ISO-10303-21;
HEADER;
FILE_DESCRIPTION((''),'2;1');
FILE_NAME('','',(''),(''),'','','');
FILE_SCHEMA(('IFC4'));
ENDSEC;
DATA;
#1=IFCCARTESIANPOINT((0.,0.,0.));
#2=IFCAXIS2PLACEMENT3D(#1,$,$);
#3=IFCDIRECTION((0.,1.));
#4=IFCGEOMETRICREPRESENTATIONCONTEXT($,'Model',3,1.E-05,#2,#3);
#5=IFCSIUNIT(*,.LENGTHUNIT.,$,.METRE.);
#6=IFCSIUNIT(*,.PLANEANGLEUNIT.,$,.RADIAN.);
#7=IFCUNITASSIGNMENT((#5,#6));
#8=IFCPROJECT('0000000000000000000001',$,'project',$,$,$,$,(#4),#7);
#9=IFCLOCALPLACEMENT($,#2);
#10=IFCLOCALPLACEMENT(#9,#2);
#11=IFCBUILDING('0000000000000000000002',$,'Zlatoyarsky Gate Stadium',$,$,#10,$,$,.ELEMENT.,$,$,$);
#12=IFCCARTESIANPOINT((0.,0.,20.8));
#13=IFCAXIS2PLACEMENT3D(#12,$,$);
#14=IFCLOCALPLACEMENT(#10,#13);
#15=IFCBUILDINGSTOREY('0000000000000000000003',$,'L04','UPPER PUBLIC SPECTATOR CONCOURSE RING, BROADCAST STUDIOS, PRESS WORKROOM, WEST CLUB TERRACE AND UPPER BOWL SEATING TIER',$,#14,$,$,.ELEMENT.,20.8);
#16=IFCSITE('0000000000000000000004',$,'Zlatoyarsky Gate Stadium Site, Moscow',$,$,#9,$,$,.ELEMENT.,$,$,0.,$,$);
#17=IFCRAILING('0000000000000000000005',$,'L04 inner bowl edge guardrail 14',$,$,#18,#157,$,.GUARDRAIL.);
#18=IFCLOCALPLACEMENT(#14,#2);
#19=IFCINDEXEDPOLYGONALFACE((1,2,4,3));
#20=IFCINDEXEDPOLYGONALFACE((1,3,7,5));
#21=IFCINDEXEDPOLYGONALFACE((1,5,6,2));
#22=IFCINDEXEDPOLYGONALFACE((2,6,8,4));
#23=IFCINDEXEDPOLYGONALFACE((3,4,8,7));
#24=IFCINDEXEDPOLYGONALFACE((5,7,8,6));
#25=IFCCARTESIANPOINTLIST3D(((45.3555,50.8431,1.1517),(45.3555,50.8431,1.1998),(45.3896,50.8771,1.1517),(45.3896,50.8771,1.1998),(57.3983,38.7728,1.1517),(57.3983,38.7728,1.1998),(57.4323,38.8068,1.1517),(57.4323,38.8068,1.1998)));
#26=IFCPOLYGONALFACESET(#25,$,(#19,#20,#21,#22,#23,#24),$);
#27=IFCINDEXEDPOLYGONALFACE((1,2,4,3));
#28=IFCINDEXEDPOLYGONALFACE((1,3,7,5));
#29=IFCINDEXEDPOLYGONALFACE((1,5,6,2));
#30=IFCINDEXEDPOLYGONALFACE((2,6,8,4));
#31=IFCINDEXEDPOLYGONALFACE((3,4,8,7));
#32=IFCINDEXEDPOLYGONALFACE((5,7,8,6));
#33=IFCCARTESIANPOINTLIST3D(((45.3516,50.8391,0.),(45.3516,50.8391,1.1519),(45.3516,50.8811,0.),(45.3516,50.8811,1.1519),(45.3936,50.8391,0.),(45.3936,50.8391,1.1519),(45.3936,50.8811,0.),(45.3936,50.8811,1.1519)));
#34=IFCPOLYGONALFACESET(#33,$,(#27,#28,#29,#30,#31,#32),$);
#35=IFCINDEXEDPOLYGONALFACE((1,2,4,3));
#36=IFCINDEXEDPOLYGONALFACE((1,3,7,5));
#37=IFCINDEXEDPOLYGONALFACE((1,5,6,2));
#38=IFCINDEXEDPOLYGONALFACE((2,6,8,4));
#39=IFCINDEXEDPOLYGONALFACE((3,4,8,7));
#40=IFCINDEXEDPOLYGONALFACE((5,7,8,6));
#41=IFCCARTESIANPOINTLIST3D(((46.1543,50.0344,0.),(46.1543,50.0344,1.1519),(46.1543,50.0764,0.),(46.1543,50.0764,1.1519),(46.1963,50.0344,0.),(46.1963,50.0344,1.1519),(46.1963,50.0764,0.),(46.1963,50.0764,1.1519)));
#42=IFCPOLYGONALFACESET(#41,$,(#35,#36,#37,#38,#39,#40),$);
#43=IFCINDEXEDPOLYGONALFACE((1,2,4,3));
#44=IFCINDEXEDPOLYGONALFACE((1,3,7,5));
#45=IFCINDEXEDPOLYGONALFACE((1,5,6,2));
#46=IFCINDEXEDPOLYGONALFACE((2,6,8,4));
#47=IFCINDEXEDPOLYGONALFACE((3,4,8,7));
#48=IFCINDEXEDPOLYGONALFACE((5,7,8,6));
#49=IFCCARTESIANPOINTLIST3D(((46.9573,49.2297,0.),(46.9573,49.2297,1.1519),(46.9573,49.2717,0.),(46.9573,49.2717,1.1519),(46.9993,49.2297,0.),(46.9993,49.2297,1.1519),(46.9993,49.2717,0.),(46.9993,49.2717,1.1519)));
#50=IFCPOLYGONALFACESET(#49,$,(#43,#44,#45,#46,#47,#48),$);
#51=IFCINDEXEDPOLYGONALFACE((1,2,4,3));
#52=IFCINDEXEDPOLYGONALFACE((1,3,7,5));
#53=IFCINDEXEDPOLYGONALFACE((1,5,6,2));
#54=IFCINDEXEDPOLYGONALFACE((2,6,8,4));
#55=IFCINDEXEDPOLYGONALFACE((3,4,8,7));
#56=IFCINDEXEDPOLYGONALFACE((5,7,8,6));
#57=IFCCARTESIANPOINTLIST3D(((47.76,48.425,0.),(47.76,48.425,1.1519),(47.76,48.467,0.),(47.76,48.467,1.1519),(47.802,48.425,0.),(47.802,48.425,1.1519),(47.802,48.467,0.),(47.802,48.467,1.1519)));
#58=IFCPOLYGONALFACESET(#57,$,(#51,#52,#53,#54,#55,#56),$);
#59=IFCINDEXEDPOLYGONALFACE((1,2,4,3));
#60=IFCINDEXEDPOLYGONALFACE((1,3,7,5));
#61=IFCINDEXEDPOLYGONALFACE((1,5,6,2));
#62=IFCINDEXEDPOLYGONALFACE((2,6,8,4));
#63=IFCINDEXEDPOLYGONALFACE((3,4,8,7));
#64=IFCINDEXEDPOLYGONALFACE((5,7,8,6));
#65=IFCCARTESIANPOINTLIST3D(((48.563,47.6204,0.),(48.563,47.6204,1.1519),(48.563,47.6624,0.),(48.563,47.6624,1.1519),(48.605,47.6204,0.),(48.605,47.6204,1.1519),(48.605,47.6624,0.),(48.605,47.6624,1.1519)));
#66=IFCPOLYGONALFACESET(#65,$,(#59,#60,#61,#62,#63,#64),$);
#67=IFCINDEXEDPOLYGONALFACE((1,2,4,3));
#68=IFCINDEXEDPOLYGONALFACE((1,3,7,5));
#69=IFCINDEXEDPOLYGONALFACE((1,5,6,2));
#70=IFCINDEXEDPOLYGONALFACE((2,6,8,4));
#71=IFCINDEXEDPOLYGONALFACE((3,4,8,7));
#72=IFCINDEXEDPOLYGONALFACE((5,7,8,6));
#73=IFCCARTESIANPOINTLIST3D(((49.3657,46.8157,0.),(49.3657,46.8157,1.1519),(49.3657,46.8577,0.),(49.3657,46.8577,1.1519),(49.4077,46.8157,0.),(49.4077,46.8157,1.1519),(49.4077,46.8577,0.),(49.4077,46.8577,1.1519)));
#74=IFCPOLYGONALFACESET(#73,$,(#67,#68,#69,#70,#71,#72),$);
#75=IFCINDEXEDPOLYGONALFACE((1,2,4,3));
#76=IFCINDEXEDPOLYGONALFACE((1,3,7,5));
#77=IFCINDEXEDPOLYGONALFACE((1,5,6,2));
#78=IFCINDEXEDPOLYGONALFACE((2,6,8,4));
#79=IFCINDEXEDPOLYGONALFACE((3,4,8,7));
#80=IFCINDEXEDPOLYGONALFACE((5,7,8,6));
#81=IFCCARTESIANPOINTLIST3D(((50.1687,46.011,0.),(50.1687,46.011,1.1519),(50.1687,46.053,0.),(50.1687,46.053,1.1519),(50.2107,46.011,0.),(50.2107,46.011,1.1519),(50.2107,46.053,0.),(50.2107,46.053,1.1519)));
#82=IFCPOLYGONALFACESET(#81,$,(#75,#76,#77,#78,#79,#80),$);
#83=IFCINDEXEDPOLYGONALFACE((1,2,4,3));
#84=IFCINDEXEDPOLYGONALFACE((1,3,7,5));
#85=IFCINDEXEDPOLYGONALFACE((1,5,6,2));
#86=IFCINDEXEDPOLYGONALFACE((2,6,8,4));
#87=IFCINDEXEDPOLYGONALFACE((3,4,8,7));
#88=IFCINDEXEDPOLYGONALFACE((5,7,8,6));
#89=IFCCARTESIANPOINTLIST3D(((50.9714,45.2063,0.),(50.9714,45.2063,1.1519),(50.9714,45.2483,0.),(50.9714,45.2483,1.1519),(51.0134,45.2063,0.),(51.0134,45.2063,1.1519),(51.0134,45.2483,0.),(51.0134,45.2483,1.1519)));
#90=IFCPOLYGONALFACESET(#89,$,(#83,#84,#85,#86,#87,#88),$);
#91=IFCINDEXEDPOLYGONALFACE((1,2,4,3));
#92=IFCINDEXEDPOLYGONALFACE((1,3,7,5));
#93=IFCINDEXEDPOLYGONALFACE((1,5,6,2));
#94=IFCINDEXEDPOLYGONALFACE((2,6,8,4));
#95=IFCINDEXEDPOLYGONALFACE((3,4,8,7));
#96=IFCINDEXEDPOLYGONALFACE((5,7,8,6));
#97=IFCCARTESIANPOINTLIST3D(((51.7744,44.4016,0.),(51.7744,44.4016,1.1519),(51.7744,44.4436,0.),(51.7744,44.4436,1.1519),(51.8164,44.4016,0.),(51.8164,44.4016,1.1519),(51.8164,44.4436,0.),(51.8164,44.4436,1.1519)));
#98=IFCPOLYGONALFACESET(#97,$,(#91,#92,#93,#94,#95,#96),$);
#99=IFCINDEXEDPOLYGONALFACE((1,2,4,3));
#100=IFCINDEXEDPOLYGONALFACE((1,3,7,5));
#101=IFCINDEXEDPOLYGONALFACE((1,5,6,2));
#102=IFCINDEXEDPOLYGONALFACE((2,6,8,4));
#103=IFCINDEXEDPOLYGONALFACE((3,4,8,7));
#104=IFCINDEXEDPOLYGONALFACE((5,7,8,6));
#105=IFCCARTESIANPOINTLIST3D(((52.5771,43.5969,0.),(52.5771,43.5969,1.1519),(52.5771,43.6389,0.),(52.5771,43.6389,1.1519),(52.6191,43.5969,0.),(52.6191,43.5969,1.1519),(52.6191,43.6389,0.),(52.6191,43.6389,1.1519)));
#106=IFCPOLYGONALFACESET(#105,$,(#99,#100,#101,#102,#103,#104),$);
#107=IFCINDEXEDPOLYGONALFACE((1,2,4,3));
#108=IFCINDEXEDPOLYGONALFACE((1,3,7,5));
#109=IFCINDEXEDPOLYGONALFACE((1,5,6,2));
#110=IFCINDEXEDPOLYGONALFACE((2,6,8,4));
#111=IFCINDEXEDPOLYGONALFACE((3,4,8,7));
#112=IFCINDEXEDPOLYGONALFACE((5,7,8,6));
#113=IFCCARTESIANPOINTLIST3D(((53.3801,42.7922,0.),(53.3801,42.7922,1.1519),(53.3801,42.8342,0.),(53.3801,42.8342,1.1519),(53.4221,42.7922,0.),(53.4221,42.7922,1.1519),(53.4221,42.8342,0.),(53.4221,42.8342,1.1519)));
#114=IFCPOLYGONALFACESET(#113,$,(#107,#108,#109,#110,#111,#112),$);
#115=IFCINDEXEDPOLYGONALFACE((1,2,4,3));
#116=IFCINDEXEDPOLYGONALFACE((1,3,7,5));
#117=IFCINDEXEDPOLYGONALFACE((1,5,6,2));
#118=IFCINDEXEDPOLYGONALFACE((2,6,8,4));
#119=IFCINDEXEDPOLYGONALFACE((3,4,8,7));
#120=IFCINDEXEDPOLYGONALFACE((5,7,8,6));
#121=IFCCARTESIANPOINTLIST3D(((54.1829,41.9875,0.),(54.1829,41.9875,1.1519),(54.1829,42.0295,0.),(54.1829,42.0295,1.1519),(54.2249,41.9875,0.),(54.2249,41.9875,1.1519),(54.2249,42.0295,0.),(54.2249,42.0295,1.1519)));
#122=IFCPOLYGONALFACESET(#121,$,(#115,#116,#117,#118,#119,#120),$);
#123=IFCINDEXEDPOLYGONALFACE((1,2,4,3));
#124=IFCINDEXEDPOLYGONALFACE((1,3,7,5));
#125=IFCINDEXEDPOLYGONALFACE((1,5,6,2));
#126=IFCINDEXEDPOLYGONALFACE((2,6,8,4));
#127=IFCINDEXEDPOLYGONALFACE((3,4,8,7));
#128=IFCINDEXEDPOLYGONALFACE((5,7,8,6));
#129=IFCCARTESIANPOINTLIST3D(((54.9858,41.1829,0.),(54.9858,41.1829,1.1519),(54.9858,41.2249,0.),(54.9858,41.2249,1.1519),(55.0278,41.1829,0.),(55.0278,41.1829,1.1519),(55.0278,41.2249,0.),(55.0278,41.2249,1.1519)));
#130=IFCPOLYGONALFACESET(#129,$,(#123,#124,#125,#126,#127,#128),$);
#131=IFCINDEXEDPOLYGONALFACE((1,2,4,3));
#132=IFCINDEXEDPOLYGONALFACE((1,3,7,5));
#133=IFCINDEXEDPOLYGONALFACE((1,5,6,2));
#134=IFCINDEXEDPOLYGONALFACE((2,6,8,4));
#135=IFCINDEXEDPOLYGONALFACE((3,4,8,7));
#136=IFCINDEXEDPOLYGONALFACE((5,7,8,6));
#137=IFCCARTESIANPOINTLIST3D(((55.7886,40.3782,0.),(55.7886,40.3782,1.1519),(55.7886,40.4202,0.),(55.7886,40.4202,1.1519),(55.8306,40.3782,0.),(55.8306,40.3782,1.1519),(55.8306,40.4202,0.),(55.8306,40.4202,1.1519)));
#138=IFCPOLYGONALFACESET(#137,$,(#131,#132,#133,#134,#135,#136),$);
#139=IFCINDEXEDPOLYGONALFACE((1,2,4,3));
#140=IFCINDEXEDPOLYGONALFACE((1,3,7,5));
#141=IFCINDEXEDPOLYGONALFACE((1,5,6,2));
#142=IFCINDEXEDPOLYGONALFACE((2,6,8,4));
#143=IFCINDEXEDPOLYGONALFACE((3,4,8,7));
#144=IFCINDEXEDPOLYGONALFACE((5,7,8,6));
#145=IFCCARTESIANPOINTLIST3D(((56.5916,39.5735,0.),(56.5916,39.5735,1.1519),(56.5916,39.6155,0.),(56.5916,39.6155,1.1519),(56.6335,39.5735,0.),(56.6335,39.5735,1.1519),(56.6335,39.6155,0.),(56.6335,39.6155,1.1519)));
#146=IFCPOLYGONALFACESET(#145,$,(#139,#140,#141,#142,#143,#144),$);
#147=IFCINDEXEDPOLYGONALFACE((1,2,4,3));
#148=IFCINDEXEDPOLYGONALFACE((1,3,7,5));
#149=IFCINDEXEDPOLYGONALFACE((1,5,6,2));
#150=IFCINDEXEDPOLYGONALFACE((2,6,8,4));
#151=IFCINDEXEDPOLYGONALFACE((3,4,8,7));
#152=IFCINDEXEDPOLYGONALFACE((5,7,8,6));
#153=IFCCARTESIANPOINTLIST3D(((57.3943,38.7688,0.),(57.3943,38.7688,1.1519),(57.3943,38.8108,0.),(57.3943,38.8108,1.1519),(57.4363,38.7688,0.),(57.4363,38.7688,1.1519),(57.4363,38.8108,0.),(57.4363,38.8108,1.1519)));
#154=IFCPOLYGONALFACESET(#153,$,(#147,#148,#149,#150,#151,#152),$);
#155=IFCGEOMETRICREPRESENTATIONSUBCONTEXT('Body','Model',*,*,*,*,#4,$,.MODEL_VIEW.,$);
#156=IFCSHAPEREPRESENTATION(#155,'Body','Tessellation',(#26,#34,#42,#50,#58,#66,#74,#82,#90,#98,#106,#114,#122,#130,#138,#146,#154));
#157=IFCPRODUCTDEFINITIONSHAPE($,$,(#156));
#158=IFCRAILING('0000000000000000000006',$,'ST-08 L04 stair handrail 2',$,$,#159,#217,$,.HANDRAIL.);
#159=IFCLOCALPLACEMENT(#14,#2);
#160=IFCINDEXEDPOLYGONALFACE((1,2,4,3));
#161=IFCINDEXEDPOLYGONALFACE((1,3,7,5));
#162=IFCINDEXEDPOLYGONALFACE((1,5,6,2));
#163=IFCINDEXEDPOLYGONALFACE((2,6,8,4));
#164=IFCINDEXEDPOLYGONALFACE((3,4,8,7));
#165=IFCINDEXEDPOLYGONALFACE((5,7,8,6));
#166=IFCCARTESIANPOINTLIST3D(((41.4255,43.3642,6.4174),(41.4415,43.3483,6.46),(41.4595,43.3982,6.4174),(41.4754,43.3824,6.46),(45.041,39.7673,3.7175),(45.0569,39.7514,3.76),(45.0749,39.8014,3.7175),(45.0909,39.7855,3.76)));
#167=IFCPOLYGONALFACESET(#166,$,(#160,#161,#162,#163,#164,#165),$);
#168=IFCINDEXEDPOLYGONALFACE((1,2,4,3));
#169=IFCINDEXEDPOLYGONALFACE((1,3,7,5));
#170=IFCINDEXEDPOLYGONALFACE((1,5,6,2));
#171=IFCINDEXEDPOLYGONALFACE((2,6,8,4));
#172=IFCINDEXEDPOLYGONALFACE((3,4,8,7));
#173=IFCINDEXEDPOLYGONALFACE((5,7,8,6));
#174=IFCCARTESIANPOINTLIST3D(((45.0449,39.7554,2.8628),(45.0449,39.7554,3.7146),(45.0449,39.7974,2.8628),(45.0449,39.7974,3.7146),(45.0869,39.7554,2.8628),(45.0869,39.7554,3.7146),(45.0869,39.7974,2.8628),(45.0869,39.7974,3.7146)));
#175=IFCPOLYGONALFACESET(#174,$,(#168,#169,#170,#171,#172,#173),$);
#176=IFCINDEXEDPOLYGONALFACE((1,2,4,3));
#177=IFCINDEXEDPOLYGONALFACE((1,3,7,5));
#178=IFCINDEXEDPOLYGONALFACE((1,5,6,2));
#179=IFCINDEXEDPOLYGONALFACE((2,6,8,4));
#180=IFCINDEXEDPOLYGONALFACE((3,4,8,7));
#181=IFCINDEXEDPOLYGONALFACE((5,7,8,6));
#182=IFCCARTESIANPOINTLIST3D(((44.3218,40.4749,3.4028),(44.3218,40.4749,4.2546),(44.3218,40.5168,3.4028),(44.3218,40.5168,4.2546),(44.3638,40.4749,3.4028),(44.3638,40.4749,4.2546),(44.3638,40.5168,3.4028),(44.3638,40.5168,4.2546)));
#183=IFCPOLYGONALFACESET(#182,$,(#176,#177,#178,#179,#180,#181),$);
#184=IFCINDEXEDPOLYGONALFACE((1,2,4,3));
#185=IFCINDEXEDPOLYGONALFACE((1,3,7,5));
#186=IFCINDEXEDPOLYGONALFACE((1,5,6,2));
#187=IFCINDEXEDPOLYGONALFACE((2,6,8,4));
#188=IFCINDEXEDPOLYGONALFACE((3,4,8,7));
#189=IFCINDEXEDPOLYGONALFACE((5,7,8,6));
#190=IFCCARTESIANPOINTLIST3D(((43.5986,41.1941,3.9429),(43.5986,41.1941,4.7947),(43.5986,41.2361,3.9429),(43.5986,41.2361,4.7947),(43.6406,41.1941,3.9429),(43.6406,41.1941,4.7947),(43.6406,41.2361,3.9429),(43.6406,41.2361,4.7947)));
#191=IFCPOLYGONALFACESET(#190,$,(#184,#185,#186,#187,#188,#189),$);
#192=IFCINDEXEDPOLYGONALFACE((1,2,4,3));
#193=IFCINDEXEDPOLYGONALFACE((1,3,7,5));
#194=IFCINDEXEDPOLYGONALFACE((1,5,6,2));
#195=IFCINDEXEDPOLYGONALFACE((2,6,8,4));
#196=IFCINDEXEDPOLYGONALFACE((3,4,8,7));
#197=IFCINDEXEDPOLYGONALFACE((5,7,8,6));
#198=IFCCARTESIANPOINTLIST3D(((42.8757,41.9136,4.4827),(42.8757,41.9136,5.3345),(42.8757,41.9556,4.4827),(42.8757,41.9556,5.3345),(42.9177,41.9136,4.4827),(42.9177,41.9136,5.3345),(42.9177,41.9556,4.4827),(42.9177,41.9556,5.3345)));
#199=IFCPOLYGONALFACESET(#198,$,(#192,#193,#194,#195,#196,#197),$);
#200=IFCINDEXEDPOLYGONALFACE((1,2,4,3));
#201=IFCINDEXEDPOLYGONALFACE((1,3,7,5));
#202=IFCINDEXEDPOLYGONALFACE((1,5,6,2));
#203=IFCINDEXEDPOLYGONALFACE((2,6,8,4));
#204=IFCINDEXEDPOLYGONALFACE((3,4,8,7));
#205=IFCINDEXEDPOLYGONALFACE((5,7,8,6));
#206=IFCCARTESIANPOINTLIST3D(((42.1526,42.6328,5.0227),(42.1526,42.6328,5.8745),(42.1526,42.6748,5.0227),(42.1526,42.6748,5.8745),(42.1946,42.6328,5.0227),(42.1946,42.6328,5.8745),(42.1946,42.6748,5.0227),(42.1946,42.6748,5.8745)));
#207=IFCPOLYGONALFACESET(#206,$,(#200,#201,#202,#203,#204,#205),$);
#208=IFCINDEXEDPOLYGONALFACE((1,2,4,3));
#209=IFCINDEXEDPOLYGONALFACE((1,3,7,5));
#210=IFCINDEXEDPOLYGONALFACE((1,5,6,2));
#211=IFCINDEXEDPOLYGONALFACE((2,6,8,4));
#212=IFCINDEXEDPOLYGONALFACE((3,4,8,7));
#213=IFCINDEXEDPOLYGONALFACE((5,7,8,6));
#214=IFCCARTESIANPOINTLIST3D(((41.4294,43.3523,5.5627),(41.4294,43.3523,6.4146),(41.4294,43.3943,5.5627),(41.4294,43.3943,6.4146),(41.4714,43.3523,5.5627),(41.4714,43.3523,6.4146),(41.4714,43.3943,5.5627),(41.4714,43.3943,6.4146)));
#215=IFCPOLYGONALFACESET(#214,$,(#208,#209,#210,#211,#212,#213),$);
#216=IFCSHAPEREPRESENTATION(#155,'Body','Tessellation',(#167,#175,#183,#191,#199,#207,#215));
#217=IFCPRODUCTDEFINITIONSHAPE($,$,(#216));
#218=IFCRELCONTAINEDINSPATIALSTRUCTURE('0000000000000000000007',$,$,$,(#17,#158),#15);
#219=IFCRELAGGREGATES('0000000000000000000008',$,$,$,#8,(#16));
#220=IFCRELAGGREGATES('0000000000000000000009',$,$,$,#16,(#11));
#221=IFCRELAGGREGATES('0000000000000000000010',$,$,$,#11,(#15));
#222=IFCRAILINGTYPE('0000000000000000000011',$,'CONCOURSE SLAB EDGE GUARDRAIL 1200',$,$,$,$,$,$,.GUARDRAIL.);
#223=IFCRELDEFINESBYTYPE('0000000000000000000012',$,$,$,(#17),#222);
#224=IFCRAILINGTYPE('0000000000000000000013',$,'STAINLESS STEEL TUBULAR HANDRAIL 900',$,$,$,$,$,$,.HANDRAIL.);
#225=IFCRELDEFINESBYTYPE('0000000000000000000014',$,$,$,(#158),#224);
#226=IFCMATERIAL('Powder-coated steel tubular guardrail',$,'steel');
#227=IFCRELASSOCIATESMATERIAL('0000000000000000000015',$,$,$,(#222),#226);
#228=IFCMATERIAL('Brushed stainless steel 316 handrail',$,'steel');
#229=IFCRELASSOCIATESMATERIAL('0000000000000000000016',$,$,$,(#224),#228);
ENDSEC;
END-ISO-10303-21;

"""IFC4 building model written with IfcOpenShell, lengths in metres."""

from ifc_helpers import new_model, si_unit, direction, frame, origin, origin_2d, place, context, subcontext, project, spatial, rectangle, extrude, material, type_object, element, save


model = new_model("IFC4")

# Units and contexts
model_context = context("Model", 3, precision=1e-05, world=origin(), true_north=direction((0.0, 1.0)))
body_context = subcontext(model_context, "Body", "Model", "MODEL_VIEW")
ifc_project = project(units=[si_unit("LENGTHUNIT", "METRE"), si_unit("PLANEANGLEUNIT", "RADIAN")], contexts=[model_context])

# Site, building, storey
site_placement = place(None, origin())
site = spatial("IfcSite", under=ifc_project, at=site_placement, Name="Zlatoyarsky Gate Stadium Site, Moscow", CompositionType="ELEMENT", RefElevation=0.0)
building_placement = place(site_placement, origin())
building = spatial("IfcBuilding", under=site, at=building_placement, Name="Zlatoyarsky Gate Stadium", CompositionType="ELEMENT")
storey_placement = place(building_placement, frame((0.0, 0.0, 20.8)))
storey = spatial("IfcBuildingStorey", under=building, at=storey_placement, Name="L04", Description="UPPER PUBLIC SPECTATOR CONCOURSE RING, BROADCAST STUDIOS, PRESS WORKROOM, WEST CLUB TERRACE AND UPPER BOWL SEATING TIER", CompositionType="ELEMENT", Elevation=20.8)

# Railings
ifc_material_1 = material(Name="Powder-coated steel tubular guardrail", Category="steel")
railing_type_1 = type_object("IfcRailingType", Name="CONCOURSE SLAB EDGE GUARDRAIL 1200", PredefinedType="GUARDRAIL", material=ifc_material_1)
railing_1_placement = place(storey_placement, frame((45.3726, 50.8601, 0.0)))
element("IfcRailing", 1, at=railing_1_placement, inside=storey, type_object=railing_type_1, Name="L04 inner bowl edge guardrail 14", PredefinedType="GUARDRAIL", context=body_context, shape_type="SweptSolid", body=[
    extrude(rectangle(XDim=0.0481, YDim=0.0481, at=origin_2d()), frame((0.0, 0.0, 1.1758), z_axis=(0.706297, -0.707915, 0.0), x_axis=(0.707915, 0.706297, 0.0)), (0.0, 0.0, 1.0), 17.0505),
    extrude(rectangle(XDim=0.042, YDim=0.042, at=origin_2d()), origin(), (0.0, 0.0, 1.0), 1.1519),
    extrude(rectangle(XDim=0.042, YDim=0.042, at=origin_2d()), frame((0.8027, -0.8047, 0.0)), (0.0, 0.0, 1.0), 1.1519),
    extrude(rectangle(XDim=0.042, YDim=0.042, at=origin_2d()), frame((1.6057, -1.6094, 0.0)), (0.0, 0.0, 1.0), 1.1519),
    extrude(rectangle(XDim=0.042, YDim=0.042, at=origin_2d()), frame((2.4084, -2.4141, 0.0)), (0.0, 0.0, 1.0), 1.1519),
    extrude(rectangle(XDim=0.042, YDim=0.042, at=origin_2d()), frame((3.2114, -3.2188, 0.0)), (0.0, 0.0, 1.0), 1.1519),
    extrude(rectangle(XDim=0.042, YDim=0.042, at=origin_2d()), frame((4.0142, -4.0234, 0.0)), (0.0, 0.0, 1.0), 1.1519),
    extrude(rectangle(XDim=0.042, YDim=0.042, at=origin_2d()), frame((4.8171, -4.8281, 0.0)), (0.0, 0.0, 1.0), 1.1519),
    extrude(rectangle(XDim=0.042, YDim=0.042, at=origin_2d()), frame((5.6199, -5.6328, 0.0)), (0.0, 0.0, 1.0), 1.1519),
    extrude(rectangle(XDim=0.042, YDim=0.042, at=origin_2d()), frame((6.4229, -6.4375, 0.0)), (0.0, 0.0, 1.0), 1.1519),
    extrude(rectangle(XDim=0.042, YDim=0.042, at=origin_2d()), frame((7.2256, -7.2422, 0.0)), (0.0, 0.0, 1.0), 1.1519),
    extrude(rectangle(XDim=0.042, YDim=0.042, at=origin_2d()), frame((8.0286, -8.0469, 0.0)), (0.0, 0.0, 1.0), 1.1519),
    extrude(rectangle(XDim=0.042, YDim=0.042, at=origin_2d()), frame((8.8313, -8.8516, 0.0)), (0.0, 0.0, 1.0), 1.1519),
    extrude(rectangle(XDim=0.042, YDim=0.042, at=origin_2d()), frame((9.6343, -9.6562, 0.0)), (0.0, 0.0, 1.0), 1.1519),
    extrude(rectangle(XDim=0.042, YDim=0.042, at=origin_2d()), frame((10.437, -10.4609, 0.0)), (0.0, 0.0, 1.0), 1.1519),
    extrude(rectangle(XDim=0.042, YDim=0.042, at=origin_2d()), frame((11.24, -11.2656, 0.0)), (0.0, 0.0, 1.0), 1.1519),
    extrude(rectangle(XDim=0.042, YDim=0.042, at=origin_2d()), frame((12.0427, -12.0703, 0.0)), (0.0, 0.0, 1.0), 1.1519),
])
ifc_material_2 = material(Name="Brushed stainless steel 316 handrail", Category="steel")
railing_type_2 = type_object("IfcRailingType", Name="STAINLESS STEEL TUBULAR HANDRAIL 900", PredefinedType="HANDRAIL", material=ifc_material_2)
railing_2_placement = place(storey_placement, frame((45.0659, 39.7764, 2.8628)))
element("IfcRailing", 2, at=railing_2_placement, inside=storey, type_object=railing_type_2, Name="ST-08 L04 stair handrail 2", PredefinedType="HANDRAIL", context=body_context, shape_type="SweptSolid", body=[
    extrude(rectangle(XDim=0.0481, YDim=0.0481, at=origin_2d()), frame((0.0, 0.0, 0.876), z_axis=(-0.626539, 0.623324, 0.467884), x_axis=(-0.705285, -0.708924, 0.0)), (0.0, 0.0, 1.0), 5.7705),
    extrude(rectangle(XDim=0.042, YDim=0.042, at=origin_2d()), origin(), (0.0, 0.0, 1.0), 0.8518),
    extrude(rectangle(XDim=0.042, YDim=0.042, at=origin_2d()), frame((-0.7231, 0.7195, 0.54)), (0.0, 0.0, 1.0), 0.8518),
    extrude(rectangle(XDim=0.042, YDim=0.042, at=origin_2d()), frame((-1.4463, 1.4387, 1.0801)), (0.0, 0.0, 1.0), 0.8518),
    extrude(rectangle(XDim=0.042, YDim=0.042, at=origin_2d()), frame((-2.1692, 2.1582, 1.6199)), (0.0, 0.0, 1.0), 0.8518),
    extrude(rectangle(XDim=0.042, YDim=0.042, at=origin_2d()), frame((-2.8923, 2.8774, 2.1599)), (0.0, 0.0, 1.0), 0.8518),
    extrude(rectangle(XDim=0.042, YDim=0.042, at=origin_2d()), frame((-3.6155, 3.5969, 2.7)), (0.0, 0.0, 1.0), 0.8518),
])

save(model, "model.ifc")
